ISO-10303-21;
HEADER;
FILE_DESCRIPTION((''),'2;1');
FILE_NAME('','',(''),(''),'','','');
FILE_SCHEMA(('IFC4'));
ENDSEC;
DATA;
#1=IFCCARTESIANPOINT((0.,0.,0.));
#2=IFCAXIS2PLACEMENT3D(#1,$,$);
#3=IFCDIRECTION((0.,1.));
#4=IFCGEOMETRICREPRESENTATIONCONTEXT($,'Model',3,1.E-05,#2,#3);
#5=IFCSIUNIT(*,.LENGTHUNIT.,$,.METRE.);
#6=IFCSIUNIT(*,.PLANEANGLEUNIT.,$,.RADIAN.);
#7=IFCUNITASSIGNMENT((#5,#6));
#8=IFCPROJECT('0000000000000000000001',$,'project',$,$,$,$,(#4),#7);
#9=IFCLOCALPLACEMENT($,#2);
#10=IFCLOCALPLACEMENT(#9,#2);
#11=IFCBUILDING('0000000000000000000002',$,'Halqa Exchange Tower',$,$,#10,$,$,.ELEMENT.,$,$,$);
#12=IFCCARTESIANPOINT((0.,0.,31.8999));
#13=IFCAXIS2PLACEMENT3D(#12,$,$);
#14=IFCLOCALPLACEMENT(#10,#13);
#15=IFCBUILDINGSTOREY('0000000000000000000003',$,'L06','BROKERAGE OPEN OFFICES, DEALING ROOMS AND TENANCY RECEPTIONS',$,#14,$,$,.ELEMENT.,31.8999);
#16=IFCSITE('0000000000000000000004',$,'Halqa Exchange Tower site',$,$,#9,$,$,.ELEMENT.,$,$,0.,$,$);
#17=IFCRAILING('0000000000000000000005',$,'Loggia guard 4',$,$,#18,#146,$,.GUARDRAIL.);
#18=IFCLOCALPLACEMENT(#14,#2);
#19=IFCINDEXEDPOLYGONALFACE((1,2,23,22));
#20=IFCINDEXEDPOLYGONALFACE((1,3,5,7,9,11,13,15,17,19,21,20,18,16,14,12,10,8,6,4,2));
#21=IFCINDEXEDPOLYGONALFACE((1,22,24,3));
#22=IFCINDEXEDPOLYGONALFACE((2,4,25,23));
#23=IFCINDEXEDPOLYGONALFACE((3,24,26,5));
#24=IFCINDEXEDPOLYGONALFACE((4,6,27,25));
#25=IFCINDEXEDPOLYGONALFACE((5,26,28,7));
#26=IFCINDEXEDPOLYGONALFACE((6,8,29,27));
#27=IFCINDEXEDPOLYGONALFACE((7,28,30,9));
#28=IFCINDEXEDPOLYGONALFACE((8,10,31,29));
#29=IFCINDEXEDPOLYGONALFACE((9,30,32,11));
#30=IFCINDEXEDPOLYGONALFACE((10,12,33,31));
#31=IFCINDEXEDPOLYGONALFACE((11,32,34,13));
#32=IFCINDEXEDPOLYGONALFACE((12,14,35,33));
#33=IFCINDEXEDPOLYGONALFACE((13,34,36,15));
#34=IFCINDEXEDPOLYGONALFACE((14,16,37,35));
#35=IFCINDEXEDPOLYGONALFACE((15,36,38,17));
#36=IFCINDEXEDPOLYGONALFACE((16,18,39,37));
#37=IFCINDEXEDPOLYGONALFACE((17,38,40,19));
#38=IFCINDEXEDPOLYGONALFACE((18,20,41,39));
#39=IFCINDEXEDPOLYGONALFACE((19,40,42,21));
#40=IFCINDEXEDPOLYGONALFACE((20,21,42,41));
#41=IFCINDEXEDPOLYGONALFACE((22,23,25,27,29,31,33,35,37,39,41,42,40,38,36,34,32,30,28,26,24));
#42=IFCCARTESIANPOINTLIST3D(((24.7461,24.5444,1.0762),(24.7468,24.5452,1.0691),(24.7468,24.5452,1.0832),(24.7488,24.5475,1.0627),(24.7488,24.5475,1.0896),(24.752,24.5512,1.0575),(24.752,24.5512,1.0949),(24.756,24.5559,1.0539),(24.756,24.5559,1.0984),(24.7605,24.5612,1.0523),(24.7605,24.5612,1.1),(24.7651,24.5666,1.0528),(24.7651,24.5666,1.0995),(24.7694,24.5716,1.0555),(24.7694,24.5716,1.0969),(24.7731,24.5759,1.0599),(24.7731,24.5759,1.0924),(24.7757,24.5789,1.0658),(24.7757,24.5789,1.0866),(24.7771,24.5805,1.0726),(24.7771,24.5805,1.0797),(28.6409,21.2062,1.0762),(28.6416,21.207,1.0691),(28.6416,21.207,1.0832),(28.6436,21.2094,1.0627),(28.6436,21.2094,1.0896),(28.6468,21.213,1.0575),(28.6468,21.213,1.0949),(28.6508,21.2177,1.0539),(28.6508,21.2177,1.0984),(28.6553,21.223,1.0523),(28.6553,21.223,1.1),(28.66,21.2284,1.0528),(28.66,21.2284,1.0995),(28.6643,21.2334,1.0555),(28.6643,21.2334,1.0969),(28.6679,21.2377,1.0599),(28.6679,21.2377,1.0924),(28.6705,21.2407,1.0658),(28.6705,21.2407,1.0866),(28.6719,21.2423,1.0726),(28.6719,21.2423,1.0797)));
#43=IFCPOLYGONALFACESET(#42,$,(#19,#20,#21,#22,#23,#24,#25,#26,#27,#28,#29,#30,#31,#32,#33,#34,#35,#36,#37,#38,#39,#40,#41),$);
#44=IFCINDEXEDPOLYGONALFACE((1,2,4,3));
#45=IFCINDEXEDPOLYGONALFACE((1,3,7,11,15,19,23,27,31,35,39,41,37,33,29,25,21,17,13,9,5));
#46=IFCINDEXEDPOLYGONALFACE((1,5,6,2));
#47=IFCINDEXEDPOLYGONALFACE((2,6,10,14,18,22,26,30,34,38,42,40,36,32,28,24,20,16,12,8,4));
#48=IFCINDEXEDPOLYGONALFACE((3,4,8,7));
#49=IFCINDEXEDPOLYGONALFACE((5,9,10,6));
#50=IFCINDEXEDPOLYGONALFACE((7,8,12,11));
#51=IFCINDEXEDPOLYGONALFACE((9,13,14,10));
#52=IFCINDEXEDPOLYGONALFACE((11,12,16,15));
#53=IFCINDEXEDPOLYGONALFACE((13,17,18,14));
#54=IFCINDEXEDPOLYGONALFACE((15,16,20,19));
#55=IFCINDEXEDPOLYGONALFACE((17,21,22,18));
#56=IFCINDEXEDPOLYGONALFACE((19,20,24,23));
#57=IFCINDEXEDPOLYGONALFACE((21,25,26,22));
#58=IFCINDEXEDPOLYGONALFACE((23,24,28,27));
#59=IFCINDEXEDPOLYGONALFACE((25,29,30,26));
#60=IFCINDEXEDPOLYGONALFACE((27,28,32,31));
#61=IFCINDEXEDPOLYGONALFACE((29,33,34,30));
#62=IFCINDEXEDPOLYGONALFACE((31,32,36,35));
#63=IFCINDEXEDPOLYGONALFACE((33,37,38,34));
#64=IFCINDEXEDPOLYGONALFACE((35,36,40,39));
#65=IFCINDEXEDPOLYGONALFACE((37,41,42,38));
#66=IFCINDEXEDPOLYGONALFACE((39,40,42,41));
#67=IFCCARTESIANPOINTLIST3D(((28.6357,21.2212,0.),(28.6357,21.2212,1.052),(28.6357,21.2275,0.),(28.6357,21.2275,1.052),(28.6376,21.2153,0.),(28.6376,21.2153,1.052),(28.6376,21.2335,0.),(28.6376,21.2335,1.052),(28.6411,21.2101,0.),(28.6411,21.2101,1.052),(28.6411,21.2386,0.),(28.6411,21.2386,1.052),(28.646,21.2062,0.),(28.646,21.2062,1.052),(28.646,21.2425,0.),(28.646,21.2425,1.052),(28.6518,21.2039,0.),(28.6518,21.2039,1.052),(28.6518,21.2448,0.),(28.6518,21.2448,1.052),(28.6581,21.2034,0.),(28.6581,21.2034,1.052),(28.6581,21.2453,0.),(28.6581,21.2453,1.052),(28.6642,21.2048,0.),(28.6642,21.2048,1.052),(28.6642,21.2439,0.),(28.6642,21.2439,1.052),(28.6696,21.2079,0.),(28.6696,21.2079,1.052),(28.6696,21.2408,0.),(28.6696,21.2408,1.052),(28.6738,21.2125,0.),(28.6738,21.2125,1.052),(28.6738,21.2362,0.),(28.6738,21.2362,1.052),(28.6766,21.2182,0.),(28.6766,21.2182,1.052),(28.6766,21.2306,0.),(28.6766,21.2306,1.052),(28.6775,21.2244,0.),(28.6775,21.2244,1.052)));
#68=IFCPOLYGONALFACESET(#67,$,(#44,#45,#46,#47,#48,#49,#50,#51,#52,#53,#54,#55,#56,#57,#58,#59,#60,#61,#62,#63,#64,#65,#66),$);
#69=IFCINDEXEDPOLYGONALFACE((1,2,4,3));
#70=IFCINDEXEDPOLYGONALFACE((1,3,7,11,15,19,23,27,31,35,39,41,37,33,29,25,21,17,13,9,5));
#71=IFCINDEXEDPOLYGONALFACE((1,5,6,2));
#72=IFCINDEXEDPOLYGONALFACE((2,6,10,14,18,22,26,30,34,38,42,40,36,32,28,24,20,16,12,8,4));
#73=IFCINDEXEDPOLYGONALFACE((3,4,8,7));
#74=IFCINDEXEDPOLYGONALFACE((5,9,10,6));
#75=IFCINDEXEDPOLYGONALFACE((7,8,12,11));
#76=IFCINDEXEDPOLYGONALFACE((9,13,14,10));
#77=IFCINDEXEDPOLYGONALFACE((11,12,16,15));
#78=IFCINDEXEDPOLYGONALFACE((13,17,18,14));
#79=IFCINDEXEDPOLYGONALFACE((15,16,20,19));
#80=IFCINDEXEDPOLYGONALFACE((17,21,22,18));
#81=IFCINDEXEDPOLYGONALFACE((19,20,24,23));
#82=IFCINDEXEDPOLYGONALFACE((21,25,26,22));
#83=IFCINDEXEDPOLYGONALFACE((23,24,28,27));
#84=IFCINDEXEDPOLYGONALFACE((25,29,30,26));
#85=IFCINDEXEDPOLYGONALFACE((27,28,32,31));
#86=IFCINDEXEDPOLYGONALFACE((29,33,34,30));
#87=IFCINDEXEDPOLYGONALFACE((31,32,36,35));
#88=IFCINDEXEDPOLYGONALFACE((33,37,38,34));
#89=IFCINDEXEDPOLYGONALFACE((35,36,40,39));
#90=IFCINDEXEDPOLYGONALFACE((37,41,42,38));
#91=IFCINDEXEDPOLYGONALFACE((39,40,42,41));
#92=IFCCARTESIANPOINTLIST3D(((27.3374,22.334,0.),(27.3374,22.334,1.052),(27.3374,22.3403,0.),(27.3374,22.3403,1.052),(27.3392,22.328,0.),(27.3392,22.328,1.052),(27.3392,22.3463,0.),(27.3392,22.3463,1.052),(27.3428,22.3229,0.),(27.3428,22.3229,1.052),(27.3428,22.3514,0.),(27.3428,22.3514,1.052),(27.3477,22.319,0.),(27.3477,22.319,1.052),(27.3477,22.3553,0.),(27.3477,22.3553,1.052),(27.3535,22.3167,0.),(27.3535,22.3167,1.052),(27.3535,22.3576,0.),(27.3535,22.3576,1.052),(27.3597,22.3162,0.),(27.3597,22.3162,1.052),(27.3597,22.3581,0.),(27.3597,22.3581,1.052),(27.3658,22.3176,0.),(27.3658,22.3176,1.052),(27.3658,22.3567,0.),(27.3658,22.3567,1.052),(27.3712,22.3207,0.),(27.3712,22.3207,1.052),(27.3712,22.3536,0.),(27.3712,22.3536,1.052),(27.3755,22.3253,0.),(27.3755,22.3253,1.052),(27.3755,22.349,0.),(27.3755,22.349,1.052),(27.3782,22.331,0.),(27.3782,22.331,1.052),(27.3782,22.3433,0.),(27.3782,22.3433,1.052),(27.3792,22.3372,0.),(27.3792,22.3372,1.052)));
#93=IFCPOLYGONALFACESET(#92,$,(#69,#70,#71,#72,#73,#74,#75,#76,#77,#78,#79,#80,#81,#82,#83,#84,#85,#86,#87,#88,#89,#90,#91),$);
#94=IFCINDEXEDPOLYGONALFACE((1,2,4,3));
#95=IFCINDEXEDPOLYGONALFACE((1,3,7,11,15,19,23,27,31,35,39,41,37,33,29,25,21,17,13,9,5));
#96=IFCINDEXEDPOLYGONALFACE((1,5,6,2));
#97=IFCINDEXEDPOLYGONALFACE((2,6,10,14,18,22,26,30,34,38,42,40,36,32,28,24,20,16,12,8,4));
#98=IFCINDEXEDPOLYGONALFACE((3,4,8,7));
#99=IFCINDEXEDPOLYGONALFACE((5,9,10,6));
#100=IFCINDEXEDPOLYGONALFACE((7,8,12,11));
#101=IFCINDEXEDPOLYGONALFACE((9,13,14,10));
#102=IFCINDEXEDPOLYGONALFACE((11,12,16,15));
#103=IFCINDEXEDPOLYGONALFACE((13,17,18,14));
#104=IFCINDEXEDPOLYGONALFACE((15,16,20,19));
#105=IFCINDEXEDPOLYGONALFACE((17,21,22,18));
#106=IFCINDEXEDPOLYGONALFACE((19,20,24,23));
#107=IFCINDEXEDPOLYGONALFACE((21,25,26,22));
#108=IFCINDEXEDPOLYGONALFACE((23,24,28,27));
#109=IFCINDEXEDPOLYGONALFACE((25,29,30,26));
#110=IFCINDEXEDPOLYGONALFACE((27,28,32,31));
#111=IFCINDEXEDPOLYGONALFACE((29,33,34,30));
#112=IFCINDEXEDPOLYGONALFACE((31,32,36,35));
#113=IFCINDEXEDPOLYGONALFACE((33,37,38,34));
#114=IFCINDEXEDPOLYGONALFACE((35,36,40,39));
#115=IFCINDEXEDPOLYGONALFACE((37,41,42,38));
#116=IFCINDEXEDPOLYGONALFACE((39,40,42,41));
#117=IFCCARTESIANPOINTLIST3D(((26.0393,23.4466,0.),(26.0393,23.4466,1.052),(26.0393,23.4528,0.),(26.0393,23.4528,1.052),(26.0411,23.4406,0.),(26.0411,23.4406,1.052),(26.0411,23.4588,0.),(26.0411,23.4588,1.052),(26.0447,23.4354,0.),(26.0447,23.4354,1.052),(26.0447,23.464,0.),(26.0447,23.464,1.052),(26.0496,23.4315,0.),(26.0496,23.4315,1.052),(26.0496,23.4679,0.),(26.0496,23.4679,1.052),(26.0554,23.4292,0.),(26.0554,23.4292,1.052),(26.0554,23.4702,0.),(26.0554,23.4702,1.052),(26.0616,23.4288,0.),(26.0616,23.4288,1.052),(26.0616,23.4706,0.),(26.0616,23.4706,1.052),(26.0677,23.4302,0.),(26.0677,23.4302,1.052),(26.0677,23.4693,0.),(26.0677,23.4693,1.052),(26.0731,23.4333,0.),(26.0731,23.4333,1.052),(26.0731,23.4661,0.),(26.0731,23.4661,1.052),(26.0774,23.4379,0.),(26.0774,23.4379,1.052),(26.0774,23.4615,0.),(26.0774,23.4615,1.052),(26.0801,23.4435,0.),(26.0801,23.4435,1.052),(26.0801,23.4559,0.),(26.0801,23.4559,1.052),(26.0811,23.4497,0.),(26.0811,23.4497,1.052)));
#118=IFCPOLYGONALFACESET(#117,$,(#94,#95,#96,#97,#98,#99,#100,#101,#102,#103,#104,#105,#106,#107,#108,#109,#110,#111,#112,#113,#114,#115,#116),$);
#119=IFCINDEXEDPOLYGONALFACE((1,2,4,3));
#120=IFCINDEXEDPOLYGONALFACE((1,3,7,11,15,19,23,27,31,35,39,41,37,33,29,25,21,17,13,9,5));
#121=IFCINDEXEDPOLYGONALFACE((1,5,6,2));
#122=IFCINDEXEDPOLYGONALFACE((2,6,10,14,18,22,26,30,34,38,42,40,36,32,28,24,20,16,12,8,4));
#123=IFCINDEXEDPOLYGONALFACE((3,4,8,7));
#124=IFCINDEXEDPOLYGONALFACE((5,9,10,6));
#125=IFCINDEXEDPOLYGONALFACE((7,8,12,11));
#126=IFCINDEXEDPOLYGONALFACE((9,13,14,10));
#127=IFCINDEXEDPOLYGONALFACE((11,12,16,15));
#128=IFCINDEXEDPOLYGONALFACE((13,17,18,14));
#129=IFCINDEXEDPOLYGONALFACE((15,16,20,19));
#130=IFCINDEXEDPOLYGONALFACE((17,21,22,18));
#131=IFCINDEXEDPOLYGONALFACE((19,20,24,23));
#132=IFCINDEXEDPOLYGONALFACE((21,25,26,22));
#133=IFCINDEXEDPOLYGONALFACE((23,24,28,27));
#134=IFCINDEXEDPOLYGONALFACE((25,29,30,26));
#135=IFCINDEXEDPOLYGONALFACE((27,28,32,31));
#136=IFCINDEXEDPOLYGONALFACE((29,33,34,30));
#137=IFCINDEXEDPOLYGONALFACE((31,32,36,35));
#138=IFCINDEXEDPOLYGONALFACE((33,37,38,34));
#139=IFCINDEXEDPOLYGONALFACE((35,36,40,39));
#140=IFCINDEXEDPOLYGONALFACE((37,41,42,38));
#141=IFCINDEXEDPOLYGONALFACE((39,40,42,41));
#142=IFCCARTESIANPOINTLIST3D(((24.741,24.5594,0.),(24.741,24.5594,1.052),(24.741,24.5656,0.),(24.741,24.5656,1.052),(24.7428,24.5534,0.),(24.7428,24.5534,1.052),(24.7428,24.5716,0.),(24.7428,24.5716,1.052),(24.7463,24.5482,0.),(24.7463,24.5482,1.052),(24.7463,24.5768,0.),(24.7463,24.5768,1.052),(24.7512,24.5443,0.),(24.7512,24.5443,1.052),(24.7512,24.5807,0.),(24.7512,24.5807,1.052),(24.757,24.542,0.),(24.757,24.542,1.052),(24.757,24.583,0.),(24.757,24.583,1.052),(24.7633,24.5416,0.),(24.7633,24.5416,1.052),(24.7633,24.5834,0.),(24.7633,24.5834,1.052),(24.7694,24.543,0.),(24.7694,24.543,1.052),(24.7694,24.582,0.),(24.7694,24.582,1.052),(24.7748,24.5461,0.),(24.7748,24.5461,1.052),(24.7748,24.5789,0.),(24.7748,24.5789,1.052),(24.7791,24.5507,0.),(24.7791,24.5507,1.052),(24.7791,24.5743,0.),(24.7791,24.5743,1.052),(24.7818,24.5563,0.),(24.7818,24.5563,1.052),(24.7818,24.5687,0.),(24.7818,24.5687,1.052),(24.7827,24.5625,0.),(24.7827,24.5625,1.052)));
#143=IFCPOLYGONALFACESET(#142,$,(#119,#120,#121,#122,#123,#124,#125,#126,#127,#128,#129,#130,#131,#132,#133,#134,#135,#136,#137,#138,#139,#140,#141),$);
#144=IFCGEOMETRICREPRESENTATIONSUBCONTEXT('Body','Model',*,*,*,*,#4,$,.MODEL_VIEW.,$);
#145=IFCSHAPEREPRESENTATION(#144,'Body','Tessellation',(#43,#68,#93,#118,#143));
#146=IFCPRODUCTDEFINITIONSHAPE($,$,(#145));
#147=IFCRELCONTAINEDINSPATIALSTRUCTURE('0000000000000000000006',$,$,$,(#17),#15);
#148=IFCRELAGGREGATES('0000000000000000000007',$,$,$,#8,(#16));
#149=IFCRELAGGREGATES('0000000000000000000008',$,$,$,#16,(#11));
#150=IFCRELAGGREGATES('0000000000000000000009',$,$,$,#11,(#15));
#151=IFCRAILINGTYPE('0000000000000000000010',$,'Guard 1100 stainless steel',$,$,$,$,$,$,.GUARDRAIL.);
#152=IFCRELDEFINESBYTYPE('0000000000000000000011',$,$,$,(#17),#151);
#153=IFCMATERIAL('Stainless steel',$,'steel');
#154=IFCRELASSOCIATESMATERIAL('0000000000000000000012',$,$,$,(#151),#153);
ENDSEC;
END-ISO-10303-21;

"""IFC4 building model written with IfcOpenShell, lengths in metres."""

from ifc_helpers import new_model, si_unit, direction, frame, origin, origin_2d, place, context, subcontext, project, spatial, circle, extrude, material, type_object, element, save


model = new_model("IFC4")

# Units and contexts
model_context = context("Model", 3, precision=1e-05, world=origin(), true_north=direction((0.0, 1.0)))
body_context = subcontext(model_context, "Body", "Model", "MODEL_VIEW")
ifc_project = project(units=[si_unit("LENGTHUNIT", "METRE"), si_unit("PLANEANGLEUNIT", "RADIAN")], contexts=[model_context])

# Site, building, storey
site_placement = place(None, origin())
site = spatial("IfcSite", under=ifc_project, at=site_placement, Name="Halqa Exchange Tower site", CompositionType="ELEMENT", RefElevation=0.0)
building_placement = place(site_placement, origin())
building = spatial("IfcBuilding", under=site, at=building_placement, Name="Halqa Exchange Tower", CompositionType="ELEMENT")
storey_placement = place(building_placement, frame((0.0, 0.0, 31.8999)))
storey = spatial("IfcBuildingStorey", under=building, at=storey_placement, Name="L06", Description="BROKERAGE OPEN OFFICES, DEALING ROOMS AND TENANCY RECEPTIONS", CompositionType="ELEMENT", Elevation=31.8999)

# Railing
ifc_material_1 = material(Name="Stainless steel", Category="steel")
railing_type = type_object("IfcRailingType", Name="Guard 1100 stainless steel", PredefinedType="GUARDRAIL", material=ifc_material_1)
railing_1_placement = place(storey_placement, frame((28.6565, 21.2244, 0.0)))
element("IfcRailing", 1, at=railing_1_placement, inside=storey, type_object=railing_type, Name="Loggia guard 4", PredefinedType="GUARDRAIL", context=body_context, shape_type="SweptSolid", body=[
    extrude(circle(Radius=0.0239, at=origin_2d()), frame((0.0, 0.0, 1.0762), z_axis=(-0.75928, 0.650764, 0.0), x_axis=(-0.650764, -0.75928, 0.0)), (0.0, 0.0, 1.0), 5.1296),
    extrude(circle(Radius=0.021, at=origin_2d()), origin(), (0.0, 0.0, 1.0), 1.052),
    extrude(circle(Radius=0.021, at=origin_2d()), frame((-1.2983, 1.1128, 0.0)), (0.0, 0.0, 1.0), 1.052),
    extrude(circle(Radius=0.021, at=origin_2d()), frame((-2.5964, 2.2253, 0.0)), (0.0, 0.0, 1.0), 1.052),
    extrude(circle(Radius=0.021, at=origin_2d()), frame((-3.8948, 3.3381, 0.0)), (0.0, 0.0, 1.0), 1.052),
])

save(model, "model.ifc")
